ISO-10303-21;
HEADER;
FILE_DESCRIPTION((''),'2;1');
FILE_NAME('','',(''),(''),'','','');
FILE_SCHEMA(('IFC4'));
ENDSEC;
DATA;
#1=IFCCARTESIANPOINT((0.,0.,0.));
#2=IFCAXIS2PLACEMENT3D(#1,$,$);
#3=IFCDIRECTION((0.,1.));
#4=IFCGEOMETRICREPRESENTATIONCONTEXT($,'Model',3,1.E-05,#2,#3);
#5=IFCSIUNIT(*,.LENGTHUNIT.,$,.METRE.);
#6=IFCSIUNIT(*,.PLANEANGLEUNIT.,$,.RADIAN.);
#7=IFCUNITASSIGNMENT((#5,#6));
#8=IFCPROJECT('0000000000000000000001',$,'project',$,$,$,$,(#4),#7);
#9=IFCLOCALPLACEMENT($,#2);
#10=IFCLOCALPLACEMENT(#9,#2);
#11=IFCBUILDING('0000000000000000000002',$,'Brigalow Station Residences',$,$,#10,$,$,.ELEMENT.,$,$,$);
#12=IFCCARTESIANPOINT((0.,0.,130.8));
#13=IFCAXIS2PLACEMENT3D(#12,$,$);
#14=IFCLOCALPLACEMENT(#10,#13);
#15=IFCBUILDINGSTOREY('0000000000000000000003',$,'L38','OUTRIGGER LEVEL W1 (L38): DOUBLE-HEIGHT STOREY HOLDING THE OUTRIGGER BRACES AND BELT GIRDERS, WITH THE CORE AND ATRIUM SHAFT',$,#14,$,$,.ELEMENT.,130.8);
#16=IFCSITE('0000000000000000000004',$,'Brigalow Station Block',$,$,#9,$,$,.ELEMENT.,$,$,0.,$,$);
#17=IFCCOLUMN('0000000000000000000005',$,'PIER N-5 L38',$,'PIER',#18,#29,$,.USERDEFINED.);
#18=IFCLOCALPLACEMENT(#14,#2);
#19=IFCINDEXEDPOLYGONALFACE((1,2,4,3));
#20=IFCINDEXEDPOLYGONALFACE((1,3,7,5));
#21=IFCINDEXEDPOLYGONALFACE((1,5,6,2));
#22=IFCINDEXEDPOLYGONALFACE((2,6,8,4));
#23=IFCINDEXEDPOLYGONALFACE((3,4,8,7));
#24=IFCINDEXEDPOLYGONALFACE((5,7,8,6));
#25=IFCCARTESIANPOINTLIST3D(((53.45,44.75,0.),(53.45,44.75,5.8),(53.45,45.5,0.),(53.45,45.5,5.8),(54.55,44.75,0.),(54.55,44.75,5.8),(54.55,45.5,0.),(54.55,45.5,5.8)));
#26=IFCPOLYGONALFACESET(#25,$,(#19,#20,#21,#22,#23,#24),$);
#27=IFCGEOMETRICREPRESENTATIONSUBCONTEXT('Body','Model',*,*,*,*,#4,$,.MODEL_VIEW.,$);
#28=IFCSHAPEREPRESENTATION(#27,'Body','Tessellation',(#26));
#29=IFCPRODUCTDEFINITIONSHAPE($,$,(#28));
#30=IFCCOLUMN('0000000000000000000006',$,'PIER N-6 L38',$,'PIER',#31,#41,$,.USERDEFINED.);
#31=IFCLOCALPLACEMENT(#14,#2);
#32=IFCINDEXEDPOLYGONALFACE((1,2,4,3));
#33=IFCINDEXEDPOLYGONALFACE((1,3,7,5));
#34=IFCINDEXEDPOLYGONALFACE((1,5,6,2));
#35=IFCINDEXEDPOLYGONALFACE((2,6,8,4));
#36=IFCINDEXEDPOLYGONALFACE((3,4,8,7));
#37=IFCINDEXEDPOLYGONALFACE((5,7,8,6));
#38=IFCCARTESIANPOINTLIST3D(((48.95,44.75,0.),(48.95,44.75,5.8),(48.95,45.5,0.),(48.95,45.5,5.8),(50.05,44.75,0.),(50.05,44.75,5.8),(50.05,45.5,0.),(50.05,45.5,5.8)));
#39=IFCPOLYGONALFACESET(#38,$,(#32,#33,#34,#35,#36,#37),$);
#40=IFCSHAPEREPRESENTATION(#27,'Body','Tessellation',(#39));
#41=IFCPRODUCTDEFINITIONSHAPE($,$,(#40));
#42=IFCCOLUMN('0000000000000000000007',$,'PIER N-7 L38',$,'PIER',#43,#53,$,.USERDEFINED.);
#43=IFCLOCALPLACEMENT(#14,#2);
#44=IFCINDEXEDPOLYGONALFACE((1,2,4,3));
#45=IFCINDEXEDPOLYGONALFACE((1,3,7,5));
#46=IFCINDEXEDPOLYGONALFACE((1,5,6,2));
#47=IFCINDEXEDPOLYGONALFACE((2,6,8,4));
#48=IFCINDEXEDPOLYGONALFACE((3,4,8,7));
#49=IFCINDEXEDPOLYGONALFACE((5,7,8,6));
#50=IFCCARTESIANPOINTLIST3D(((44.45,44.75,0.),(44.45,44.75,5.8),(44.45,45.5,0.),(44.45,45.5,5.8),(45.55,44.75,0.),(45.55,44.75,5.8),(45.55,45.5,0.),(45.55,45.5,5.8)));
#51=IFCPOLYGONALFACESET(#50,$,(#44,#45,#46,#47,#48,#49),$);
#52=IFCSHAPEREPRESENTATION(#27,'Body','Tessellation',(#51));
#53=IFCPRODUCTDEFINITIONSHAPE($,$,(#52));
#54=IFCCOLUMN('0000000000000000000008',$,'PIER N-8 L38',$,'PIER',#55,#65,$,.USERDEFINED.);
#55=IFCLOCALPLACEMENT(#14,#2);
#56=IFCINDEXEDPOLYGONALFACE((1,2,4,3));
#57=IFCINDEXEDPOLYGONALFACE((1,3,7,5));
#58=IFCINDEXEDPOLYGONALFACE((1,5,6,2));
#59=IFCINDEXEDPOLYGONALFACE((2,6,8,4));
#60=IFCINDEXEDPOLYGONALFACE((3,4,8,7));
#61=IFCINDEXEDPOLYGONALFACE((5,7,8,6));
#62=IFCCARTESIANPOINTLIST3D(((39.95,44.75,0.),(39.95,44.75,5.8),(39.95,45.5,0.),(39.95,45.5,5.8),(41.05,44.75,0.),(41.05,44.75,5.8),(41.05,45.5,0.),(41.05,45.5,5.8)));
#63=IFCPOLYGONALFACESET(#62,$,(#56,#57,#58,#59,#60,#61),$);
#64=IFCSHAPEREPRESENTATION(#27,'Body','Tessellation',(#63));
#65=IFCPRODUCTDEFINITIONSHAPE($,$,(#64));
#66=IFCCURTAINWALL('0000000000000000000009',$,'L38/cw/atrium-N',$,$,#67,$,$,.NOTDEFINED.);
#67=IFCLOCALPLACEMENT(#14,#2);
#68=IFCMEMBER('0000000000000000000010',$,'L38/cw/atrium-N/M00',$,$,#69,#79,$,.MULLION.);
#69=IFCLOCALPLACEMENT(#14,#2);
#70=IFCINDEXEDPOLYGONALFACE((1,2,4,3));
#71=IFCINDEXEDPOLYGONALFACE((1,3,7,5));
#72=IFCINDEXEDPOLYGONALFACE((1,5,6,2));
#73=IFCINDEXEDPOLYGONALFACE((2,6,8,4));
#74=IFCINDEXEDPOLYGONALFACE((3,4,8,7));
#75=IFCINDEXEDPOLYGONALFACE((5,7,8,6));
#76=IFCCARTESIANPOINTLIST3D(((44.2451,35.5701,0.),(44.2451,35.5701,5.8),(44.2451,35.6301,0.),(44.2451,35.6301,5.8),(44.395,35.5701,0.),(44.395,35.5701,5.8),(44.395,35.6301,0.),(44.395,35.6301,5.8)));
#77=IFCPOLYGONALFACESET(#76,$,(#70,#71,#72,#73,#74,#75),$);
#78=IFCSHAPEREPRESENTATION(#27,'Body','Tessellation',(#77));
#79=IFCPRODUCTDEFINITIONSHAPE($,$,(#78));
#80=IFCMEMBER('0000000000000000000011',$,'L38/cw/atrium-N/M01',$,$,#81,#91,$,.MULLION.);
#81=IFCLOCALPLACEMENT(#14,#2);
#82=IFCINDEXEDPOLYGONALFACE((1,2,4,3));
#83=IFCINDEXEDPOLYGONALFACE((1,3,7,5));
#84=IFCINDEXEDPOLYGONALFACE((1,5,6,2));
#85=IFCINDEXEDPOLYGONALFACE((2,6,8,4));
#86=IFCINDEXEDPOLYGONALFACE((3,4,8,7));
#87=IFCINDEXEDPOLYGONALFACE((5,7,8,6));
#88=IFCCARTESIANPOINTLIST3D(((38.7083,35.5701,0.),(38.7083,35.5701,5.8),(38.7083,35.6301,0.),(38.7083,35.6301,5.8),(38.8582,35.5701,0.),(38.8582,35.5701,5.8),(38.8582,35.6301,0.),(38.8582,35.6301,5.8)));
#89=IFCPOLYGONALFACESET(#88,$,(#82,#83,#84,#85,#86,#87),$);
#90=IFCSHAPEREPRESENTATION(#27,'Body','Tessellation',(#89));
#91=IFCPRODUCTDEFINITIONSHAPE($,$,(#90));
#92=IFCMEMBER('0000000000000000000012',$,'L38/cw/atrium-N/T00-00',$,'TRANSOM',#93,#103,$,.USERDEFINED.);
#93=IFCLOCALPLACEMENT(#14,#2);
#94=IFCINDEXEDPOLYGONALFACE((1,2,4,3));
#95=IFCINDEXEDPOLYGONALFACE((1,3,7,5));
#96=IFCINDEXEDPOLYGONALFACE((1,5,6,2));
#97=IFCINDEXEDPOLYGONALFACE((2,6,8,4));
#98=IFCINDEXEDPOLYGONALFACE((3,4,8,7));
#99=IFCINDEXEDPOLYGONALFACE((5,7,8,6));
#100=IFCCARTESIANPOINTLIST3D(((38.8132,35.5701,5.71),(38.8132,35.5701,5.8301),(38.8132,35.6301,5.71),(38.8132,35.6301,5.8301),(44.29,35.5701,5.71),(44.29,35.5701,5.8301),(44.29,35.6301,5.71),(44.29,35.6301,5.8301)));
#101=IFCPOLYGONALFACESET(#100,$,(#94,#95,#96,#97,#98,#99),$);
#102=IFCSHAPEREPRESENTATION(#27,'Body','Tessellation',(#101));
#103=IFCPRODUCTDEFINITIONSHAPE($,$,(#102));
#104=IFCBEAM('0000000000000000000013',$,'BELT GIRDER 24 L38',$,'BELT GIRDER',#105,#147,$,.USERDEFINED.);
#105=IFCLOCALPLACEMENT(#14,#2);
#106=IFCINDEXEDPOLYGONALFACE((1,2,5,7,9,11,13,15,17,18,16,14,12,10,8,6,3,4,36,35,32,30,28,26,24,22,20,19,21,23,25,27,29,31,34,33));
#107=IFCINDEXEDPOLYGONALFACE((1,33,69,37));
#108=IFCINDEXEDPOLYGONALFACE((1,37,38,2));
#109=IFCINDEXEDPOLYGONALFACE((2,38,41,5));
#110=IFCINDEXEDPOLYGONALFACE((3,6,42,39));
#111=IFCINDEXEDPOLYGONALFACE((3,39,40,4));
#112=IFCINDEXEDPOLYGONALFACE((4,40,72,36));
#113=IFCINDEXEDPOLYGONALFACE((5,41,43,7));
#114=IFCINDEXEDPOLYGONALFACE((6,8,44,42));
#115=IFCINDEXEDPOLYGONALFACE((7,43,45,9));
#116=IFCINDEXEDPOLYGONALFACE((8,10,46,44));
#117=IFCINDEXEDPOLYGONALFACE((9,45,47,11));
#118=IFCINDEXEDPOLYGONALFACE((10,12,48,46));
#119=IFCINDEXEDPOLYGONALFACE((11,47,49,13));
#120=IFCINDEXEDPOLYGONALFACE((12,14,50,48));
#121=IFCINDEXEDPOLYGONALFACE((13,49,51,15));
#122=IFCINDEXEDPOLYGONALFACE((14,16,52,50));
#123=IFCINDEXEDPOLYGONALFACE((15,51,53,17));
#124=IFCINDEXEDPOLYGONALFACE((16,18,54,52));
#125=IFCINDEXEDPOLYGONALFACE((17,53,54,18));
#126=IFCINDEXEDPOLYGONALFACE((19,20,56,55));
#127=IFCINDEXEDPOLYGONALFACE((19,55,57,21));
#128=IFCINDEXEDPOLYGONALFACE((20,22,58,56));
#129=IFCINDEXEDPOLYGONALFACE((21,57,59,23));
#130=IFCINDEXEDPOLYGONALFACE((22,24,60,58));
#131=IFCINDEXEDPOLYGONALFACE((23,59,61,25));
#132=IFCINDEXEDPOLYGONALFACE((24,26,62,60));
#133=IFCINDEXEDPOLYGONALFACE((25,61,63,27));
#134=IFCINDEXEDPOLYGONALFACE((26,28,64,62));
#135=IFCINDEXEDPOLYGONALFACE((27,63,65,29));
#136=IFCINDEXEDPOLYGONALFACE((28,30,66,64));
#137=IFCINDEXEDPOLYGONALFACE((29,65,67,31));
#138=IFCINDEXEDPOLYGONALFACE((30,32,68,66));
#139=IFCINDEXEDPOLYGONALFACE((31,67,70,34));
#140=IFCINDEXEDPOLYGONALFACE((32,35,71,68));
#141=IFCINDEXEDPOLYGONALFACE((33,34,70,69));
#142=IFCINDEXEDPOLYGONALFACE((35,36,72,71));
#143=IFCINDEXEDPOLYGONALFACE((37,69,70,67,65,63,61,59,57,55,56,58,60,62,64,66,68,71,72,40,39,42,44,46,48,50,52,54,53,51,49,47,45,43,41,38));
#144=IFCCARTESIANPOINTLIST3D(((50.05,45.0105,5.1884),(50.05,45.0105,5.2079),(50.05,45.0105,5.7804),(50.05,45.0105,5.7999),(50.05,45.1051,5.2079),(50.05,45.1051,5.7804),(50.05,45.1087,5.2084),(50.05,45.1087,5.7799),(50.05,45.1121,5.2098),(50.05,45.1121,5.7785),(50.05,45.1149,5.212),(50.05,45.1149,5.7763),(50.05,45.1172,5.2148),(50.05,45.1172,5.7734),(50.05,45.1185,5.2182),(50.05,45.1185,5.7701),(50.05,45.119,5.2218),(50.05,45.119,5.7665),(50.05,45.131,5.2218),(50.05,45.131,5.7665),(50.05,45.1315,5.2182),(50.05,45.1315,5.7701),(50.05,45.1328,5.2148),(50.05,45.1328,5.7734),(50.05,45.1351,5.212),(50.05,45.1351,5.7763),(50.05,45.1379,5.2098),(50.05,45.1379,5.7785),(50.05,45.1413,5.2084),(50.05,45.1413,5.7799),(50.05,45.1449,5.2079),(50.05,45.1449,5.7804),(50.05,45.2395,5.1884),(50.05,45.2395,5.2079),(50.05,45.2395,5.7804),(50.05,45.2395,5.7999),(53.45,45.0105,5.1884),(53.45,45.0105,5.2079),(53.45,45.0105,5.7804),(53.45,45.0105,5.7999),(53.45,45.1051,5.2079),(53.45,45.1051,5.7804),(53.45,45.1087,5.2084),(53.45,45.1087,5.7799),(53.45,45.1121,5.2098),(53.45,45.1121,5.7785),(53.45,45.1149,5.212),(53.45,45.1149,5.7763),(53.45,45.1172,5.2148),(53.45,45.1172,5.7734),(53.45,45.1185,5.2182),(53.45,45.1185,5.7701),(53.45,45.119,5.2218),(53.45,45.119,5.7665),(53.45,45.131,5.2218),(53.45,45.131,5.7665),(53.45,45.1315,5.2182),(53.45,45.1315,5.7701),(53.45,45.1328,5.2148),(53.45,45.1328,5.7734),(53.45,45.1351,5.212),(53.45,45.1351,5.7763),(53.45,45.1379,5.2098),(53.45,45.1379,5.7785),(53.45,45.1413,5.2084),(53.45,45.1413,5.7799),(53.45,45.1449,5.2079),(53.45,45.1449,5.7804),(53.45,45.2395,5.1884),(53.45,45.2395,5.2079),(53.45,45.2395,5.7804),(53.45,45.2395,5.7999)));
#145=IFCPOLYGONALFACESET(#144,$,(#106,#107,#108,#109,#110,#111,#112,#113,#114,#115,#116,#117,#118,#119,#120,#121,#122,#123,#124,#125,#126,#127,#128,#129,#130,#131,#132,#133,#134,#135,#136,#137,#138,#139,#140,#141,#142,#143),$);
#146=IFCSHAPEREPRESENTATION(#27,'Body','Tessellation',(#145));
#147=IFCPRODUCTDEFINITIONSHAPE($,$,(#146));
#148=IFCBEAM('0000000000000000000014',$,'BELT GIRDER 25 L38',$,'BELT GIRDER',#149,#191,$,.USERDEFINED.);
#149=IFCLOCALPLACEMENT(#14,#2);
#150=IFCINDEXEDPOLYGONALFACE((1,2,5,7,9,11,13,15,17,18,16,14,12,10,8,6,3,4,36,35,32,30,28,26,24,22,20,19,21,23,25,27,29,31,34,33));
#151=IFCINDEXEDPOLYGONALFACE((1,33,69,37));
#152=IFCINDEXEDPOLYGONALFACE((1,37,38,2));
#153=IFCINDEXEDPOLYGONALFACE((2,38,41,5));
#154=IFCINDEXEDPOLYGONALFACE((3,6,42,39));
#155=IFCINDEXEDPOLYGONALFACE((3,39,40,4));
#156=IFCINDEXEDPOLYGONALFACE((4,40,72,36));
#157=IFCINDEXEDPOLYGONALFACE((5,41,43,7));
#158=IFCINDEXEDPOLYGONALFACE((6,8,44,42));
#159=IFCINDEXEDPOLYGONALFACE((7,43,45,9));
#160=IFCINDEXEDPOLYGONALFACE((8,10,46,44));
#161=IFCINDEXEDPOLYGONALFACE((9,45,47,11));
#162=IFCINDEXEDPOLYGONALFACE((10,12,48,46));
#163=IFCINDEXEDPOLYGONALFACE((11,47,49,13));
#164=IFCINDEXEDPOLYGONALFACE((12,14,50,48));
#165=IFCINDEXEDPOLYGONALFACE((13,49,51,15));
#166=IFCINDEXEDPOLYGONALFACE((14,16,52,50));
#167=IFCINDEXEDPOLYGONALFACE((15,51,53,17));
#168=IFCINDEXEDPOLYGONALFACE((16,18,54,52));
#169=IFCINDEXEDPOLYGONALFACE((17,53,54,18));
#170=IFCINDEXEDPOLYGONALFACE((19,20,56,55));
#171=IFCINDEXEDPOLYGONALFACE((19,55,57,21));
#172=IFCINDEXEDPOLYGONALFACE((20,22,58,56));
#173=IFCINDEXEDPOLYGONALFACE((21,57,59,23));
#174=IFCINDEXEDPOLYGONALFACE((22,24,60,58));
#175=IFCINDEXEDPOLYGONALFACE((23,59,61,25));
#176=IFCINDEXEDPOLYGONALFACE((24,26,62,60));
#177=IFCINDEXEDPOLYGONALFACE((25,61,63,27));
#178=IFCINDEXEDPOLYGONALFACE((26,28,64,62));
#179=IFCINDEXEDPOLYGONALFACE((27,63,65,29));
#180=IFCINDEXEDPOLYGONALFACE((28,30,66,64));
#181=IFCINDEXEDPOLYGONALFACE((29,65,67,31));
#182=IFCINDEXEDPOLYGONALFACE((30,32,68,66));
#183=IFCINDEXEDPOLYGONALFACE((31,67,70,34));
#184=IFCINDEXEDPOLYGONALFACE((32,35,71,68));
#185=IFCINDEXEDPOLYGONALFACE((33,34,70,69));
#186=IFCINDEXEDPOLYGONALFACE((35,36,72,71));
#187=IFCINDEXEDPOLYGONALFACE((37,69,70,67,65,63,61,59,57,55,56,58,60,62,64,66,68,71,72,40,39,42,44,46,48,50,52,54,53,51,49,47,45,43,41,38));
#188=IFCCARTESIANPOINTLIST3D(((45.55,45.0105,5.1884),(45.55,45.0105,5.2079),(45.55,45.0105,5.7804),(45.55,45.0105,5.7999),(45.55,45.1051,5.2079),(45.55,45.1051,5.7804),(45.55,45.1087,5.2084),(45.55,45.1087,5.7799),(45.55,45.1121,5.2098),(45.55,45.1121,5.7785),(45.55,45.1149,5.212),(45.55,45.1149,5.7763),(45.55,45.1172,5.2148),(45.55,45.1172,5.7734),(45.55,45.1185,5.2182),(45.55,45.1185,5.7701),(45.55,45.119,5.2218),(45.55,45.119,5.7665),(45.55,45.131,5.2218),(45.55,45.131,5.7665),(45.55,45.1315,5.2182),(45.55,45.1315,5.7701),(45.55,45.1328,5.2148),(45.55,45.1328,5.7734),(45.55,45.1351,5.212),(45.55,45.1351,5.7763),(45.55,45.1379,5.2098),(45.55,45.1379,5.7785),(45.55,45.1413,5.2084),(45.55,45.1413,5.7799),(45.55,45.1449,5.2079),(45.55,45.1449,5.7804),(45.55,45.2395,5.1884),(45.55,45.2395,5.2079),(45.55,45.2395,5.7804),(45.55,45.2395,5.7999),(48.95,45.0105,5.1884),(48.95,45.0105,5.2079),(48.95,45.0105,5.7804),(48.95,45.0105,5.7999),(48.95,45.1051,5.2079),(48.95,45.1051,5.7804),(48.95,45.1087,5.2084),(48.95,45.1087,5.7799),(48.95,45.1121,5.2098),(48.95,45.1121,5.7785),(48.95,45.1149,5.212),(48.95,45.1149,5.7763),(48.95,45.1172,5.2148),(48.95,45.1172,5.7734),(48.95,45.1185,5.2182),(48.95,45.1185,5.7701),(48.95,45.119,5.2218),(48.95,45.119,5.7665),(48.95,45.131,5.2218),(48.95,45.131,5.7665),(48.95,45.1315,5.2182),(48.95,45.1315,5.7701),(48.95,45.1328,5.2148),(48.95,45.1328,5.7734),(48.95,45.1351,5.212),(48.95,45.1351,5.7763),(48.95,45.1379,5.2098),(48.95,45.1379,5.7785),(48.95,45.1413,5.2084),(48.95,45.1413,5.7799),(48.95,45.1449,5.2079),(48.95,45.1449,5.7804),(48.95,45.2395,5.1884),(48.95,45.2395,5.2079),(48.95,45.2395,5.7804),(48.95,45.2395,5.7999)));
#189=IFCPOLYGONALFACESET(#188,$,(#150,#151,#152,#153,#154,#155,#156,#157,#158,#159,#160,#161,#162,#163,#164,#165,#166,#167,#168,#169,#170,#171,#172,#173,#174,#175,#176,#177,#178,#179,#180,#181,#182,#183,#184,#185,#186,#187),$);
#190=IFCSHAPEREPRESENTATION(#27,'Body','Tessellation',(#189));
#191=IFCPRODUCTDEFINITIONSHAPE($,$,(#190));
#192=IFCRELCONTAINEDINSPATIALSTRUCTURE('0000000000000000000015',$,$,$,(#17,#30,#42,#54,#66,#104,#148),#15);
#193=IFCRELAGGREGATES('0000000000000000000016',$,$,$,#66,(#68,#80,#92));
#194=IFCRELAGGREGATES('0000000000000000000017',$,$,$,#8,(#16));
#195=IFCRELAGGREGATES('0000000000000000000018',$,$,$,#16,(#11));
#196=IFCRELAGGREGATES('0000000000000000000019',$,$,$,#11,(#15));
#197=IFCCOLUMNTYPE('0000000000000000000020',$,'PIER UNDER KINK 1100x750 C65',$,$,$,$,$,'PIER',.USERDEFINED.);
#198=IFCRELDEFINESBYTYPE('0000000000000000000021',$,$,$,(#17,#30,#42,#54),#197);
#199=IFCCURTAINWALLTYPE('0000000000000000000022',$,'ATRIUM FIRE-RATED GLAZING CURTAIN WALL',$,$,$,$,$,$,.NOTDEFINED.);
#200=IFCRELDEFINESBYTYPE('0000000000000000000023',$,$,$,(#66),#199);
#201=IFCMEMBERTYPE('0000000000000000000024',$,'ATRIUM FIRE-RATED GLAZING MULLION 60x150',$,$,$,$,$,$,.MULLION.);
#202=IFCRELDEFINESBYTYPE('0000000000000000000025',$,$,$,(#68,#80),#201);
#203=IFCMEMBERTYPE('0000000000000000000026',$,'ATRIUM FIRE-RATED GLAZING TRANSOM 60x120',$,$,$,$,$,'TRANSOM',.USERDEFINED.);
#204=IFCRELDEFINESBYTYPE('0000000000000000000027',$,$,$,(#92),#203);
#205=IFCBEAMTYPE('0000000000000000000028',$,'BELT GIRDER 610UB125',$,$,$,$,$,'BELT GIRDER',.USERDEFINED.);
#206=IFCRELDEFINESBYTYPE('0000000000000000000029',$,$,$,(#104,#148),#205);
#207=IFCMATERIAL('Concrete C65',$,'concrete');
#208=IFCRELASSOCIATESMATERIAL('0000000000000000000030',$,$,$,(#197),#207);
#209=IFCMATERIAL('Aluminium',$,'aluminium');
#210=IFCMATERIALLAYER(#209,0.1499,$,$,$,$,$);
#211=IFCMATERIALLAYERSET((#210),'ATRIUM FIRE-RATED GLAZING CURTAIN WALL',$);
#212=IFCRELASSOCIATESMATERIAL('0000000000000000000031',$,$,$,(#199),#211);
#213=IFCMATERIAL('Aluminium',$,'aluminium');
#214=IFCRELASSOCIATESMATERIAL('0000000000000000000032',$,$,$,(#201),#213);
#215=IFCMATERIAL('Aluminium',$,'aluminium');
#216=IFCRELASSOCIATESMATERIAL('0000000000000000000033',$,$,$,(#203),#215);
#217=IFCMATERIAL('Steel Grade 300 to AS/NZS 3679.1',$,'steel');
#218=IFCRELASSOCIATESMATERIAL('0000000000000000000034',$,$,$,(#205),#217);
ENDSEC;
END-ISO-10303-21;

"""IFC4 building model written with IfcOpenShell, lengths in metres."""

from ifc_helpers import new_model, si_unit, direction, frame, origin, origin_2d, place, context, subcontext, project, spatial, rectangle, i_section, extrude, material, layer, layer_set, material_profile, profile_set, type_object, element, aggregate, save


model = new_model("IFC4")

# Units and contexts
model_context = context("Model", 3, precision=1e-05, world=origin(), true_north=direction((0.0, 1.0)))
body_context = subcontext(model_context, "Body", "Model", "MODEL_VIEW")
ifc_project = project(units=[si_unit("LENGTHUNIT", "METRE"), si_unit("PLANEANGLEUNIT", "RADIAN")], contexts=[model_context])

# Site, building, storey
site_placement = place(None, origin())
site = spatial("IfcSite", under=ifc_project, at=site_placement, Name="Brigalow Station Block", CompositionType="ELEMENT", RefElevation=0.0)
building_placement = place(site_placement, origin())
building = spatial("IfcBuilding", under=site, at=building_placement, Name="Brigalow Station Residences", CompositionType="ELEMENT")
storey_placement = place(building_placement, frame((0.0, 0.0, 130.8)))
storey = spatial("IfcBuildingStorey", under=building, at=storey_placement, Name="L38", Description="OUTRIGGER LEVEL W1 (L38): DOUBLE-HEIGHT STOREY HOLDING THE OUTRIGGER BRACES AND BELT GIRDERS, WITH THE CORE AND ATRIUM SHAFT", CompositionType="ELEMENT", Elevation=130.8)

# Columns
ifc_material_1 = material(Name="Concrete C65", Category="concrete")
ifc_material_profile_1 = material_profile(ifc_material_1, rectangle(XDim=1.1001, YDim=0.75, at=origin_2d()), Name="RC1100x750")
ifc_profile_set_1 = profile_set([ifc_material_profile_1], Name="Concrete C65")
column_type = type_object("IfcColumnType", Name="PIER UNDER KINK 1100x750 C65", ElementType="PIER", PredefinedType="USERDEFINED", material=ifc_profile_set_1)
for number, where, z_axis, x_axis, name in (
    (1, (54.0, 45.125, 0.0), (0.0, 0.0, 1.0), (-1.0, 0.0, 0.0), "PIER N-5 L38"),
    (2, (49.5, 45.125, 0.0), (0.0, 0.0, 1.0), (-1.0, 0.0, 0.0), "PIER N-6 L38"),
    (3, (45.0, 45.125, 0.0), (0.0, 0.0, 1.0), (-1.0, 0.0, 0.0), "PIER N-7 L38"),
    (4, (40.5, 45.125, 0.0), (0.0, 0.0, 1.0), (-1.0, 0.0, 0.0), "PIER N-8 L38"),
):
    element("IfcColumn", number, at=place(storey_placement, frame(where, z_axis=z_axis, x_axis=x_axis)), inside=storey, type_object=column_type, Name=name, ObjectType="PIER", PredefinedType="USERDEFINED", context=body_context, shape_type="SweptSolid", body=[
        extrude(rectangle(XDim=1.1001, YDim=0.75, at=origin_2d()), origin(), (0.0, 0.0, 1.0), 5.8),
    ])

# Curtain wall, members
ifc_material_2 = material(Name="Aluminium", Category="aluminium")
ifc_layer_1 = layer(ifc_material_2, 0.1499)
ifc_layer_set_1 = layer_set([ifc_layer_1], Name="ATRIUM FIRE-RATED GLAZING CURTAIN WALL")
curtain_wall_type = type_object("IfcCurtainWallType", Name="ATRIUM FIRE-RATED GLAZING CURTAIN WALL", PredefinedType="NOTDEFINED", material=ifc_layer_set_1)
curtain_wall_placement = place(storey_placement, origin())
curtain_wall = element("IfcCurtainWall", 5, at=curtain_wall_placement, inside=storey, type_object=curtain_wall_type, Name="L38/cw/atrium-N", PredefinedType="NOTDEFINED")
ifc_material_3 = material(Name="Aluminium", Category="aluminium")
ifc_material_profile_2 = material_profile(ifc_material_3, rectangle(XDim=0.0601, YDim=0.1499, at=origin_2d()), Name="ATRIUM FIRE-RATED GLAZING MULLION 60x150")
ifc_profile_set_2 = profile_set([ifc_material_profile_2], Name="Aluminium")
member_type_1 = type_object("IfcMemberType", Name="ATRIUM FIRE-RATED GLAZING MULLION 60x150", PredefinedType="MULLION", material=ifc_profile_set_2)
member_1_placement = place(storey_placement, frame((44.3201, 35.6001, 0.0), z_axis=(0.0, 0.0, 1.0), x_axis=(0.0, -1.0, 0.0)))
member_1 = element("IfcMember", 6, at=member_1_placement, type_object=member_type_1, Name="L38/cw/atrium-N/M00", PredefinedType="MULLION", context=body_context, shape_type="SweptSolid", body=[
    extrude(rectangle(XDim=0.0601, YDim=0.1499, at=origin_2d()), origin(), (0.0, 0.0, 1.0), 5.8),
])
member_2_placement = place(storey_placement, frame((38.7832, 35.6001, 0.0), z_axis=(0.0, 0.0, 1.0), x_axis=(0.0, -1.0, 0.0)))
member_2 = element("IfcMember", 7, at=member_2_placement, type_object=member_type_1, Name="L38/cw/atrium-N/M01", PredefinedType="MULLION", context=body_context, shape_type="SweptSolid", body=[
    extrude(rectangle(XDim=0.0601, YDim=0.1499, at=origin_2d()), origin(), (0.0, 0.0, 1.0), 5.8),
])
ifc_material_4 = material(Name="Aluminium", Category="aluminium")
ifc_material_profile_3 = material_profile(ifc_material_4, rectangle(XDim=0.0601, YDim=0.1201, at=origin_2d()), Name="ATRIUM FIRE-RATED GLAZING TRANSOM 60x120")
ifc_profile_set_3 = profile_set([ifc_material_profile_3], Name="Aluminium")
member_type_2 = type_object("IfcMemberType", Name="ATRIUM FIRE-RATED GLAZING TRANSOM 60x120", ElementType="TRANSOM", PredefinedType="USERDEFINED", material=ifc_profile_set_3)
member_3_placement = place(storey_placement, frame((44.29, 35.6001, 5.77), z_axis=(-1.0, 0.0, 0.0), x_axis=(0.0, -1.0, 0.0)))
member_3 = element("IfcMember", 8, at=member_3_placement, type_object=member_type_2, Name="L38/cw/atrium-N/T00-00", ObjectType="TRANSOM", PredefinedType="USERDEFINED", context=body_context, shape_type="SweptSolid", body=[
    extrude(rectangle(XDim=0.0601, YDim=0.1201, at=origin_2d()), origin(), (0.0, 0.0, 1.0), 5.4768),
])

# Beams
ifc_material_5 = material(Name="Steel Grade 300 to AS/NZS 3679.1", Category="steel")
ifc_material_profile_4 = material_profile(ifc_material_5, i_section(OverallWidth=0.229, OverallDepth=0.6116, WebThickness=0.012, FlangeThickness=0.0195, FilletRadius=0.0139, at=origin_2d()), Name="610UB125")
ifc_profile_set_4 = profile_set([ifc_material_profile_4], Name="Steel Grade 300 to AS/NZS 3679.1")
beam_type = type_object("IfcBeamType", Name="BELT GIRDER 610UB125", ElementType="BELT GIRDER", PredefinedType="USERDEFINED", material=ifc_profile_set_4)
for number, where, z_axis, x_axis, name in (
    (9, (53.45, 45.125, 5.4941), (-1.0, 0.0, 0.0), (0.0, -1.0, 0.0), "BELT GIRDER 24 L38"),
    (10, (48.95, 45.125, 5.4941), (-1.0, 0.0, 0.0), (0.0, -1.0, 0.0), "BELT GIRDER 25 L38"),
):
    element("IfcBeam", number, at=place(storey_placement, frame(where, z_axis=z_axis, x_axis=x_axis)), inside=storey, type_object=beam_type, Name=name, ObjectType="BELT GIRDER", PredefinedType="USERDEFINED", context=body_context, shape_type="SweptSolid", body=[
        extrude(i_section(OverallWidth=0.229, OverallDepth=0.6116, WebThickness=0.012, FlangeThickness=0.0195, FilletRadius=0.0139, at=origin_2d()), origin(), (0.0, 0.0, 1.0), 3.3999),
    ])

aggregate(curtain_wall, [member_1, member_2, member_3])

save(model, "model.ifc")
